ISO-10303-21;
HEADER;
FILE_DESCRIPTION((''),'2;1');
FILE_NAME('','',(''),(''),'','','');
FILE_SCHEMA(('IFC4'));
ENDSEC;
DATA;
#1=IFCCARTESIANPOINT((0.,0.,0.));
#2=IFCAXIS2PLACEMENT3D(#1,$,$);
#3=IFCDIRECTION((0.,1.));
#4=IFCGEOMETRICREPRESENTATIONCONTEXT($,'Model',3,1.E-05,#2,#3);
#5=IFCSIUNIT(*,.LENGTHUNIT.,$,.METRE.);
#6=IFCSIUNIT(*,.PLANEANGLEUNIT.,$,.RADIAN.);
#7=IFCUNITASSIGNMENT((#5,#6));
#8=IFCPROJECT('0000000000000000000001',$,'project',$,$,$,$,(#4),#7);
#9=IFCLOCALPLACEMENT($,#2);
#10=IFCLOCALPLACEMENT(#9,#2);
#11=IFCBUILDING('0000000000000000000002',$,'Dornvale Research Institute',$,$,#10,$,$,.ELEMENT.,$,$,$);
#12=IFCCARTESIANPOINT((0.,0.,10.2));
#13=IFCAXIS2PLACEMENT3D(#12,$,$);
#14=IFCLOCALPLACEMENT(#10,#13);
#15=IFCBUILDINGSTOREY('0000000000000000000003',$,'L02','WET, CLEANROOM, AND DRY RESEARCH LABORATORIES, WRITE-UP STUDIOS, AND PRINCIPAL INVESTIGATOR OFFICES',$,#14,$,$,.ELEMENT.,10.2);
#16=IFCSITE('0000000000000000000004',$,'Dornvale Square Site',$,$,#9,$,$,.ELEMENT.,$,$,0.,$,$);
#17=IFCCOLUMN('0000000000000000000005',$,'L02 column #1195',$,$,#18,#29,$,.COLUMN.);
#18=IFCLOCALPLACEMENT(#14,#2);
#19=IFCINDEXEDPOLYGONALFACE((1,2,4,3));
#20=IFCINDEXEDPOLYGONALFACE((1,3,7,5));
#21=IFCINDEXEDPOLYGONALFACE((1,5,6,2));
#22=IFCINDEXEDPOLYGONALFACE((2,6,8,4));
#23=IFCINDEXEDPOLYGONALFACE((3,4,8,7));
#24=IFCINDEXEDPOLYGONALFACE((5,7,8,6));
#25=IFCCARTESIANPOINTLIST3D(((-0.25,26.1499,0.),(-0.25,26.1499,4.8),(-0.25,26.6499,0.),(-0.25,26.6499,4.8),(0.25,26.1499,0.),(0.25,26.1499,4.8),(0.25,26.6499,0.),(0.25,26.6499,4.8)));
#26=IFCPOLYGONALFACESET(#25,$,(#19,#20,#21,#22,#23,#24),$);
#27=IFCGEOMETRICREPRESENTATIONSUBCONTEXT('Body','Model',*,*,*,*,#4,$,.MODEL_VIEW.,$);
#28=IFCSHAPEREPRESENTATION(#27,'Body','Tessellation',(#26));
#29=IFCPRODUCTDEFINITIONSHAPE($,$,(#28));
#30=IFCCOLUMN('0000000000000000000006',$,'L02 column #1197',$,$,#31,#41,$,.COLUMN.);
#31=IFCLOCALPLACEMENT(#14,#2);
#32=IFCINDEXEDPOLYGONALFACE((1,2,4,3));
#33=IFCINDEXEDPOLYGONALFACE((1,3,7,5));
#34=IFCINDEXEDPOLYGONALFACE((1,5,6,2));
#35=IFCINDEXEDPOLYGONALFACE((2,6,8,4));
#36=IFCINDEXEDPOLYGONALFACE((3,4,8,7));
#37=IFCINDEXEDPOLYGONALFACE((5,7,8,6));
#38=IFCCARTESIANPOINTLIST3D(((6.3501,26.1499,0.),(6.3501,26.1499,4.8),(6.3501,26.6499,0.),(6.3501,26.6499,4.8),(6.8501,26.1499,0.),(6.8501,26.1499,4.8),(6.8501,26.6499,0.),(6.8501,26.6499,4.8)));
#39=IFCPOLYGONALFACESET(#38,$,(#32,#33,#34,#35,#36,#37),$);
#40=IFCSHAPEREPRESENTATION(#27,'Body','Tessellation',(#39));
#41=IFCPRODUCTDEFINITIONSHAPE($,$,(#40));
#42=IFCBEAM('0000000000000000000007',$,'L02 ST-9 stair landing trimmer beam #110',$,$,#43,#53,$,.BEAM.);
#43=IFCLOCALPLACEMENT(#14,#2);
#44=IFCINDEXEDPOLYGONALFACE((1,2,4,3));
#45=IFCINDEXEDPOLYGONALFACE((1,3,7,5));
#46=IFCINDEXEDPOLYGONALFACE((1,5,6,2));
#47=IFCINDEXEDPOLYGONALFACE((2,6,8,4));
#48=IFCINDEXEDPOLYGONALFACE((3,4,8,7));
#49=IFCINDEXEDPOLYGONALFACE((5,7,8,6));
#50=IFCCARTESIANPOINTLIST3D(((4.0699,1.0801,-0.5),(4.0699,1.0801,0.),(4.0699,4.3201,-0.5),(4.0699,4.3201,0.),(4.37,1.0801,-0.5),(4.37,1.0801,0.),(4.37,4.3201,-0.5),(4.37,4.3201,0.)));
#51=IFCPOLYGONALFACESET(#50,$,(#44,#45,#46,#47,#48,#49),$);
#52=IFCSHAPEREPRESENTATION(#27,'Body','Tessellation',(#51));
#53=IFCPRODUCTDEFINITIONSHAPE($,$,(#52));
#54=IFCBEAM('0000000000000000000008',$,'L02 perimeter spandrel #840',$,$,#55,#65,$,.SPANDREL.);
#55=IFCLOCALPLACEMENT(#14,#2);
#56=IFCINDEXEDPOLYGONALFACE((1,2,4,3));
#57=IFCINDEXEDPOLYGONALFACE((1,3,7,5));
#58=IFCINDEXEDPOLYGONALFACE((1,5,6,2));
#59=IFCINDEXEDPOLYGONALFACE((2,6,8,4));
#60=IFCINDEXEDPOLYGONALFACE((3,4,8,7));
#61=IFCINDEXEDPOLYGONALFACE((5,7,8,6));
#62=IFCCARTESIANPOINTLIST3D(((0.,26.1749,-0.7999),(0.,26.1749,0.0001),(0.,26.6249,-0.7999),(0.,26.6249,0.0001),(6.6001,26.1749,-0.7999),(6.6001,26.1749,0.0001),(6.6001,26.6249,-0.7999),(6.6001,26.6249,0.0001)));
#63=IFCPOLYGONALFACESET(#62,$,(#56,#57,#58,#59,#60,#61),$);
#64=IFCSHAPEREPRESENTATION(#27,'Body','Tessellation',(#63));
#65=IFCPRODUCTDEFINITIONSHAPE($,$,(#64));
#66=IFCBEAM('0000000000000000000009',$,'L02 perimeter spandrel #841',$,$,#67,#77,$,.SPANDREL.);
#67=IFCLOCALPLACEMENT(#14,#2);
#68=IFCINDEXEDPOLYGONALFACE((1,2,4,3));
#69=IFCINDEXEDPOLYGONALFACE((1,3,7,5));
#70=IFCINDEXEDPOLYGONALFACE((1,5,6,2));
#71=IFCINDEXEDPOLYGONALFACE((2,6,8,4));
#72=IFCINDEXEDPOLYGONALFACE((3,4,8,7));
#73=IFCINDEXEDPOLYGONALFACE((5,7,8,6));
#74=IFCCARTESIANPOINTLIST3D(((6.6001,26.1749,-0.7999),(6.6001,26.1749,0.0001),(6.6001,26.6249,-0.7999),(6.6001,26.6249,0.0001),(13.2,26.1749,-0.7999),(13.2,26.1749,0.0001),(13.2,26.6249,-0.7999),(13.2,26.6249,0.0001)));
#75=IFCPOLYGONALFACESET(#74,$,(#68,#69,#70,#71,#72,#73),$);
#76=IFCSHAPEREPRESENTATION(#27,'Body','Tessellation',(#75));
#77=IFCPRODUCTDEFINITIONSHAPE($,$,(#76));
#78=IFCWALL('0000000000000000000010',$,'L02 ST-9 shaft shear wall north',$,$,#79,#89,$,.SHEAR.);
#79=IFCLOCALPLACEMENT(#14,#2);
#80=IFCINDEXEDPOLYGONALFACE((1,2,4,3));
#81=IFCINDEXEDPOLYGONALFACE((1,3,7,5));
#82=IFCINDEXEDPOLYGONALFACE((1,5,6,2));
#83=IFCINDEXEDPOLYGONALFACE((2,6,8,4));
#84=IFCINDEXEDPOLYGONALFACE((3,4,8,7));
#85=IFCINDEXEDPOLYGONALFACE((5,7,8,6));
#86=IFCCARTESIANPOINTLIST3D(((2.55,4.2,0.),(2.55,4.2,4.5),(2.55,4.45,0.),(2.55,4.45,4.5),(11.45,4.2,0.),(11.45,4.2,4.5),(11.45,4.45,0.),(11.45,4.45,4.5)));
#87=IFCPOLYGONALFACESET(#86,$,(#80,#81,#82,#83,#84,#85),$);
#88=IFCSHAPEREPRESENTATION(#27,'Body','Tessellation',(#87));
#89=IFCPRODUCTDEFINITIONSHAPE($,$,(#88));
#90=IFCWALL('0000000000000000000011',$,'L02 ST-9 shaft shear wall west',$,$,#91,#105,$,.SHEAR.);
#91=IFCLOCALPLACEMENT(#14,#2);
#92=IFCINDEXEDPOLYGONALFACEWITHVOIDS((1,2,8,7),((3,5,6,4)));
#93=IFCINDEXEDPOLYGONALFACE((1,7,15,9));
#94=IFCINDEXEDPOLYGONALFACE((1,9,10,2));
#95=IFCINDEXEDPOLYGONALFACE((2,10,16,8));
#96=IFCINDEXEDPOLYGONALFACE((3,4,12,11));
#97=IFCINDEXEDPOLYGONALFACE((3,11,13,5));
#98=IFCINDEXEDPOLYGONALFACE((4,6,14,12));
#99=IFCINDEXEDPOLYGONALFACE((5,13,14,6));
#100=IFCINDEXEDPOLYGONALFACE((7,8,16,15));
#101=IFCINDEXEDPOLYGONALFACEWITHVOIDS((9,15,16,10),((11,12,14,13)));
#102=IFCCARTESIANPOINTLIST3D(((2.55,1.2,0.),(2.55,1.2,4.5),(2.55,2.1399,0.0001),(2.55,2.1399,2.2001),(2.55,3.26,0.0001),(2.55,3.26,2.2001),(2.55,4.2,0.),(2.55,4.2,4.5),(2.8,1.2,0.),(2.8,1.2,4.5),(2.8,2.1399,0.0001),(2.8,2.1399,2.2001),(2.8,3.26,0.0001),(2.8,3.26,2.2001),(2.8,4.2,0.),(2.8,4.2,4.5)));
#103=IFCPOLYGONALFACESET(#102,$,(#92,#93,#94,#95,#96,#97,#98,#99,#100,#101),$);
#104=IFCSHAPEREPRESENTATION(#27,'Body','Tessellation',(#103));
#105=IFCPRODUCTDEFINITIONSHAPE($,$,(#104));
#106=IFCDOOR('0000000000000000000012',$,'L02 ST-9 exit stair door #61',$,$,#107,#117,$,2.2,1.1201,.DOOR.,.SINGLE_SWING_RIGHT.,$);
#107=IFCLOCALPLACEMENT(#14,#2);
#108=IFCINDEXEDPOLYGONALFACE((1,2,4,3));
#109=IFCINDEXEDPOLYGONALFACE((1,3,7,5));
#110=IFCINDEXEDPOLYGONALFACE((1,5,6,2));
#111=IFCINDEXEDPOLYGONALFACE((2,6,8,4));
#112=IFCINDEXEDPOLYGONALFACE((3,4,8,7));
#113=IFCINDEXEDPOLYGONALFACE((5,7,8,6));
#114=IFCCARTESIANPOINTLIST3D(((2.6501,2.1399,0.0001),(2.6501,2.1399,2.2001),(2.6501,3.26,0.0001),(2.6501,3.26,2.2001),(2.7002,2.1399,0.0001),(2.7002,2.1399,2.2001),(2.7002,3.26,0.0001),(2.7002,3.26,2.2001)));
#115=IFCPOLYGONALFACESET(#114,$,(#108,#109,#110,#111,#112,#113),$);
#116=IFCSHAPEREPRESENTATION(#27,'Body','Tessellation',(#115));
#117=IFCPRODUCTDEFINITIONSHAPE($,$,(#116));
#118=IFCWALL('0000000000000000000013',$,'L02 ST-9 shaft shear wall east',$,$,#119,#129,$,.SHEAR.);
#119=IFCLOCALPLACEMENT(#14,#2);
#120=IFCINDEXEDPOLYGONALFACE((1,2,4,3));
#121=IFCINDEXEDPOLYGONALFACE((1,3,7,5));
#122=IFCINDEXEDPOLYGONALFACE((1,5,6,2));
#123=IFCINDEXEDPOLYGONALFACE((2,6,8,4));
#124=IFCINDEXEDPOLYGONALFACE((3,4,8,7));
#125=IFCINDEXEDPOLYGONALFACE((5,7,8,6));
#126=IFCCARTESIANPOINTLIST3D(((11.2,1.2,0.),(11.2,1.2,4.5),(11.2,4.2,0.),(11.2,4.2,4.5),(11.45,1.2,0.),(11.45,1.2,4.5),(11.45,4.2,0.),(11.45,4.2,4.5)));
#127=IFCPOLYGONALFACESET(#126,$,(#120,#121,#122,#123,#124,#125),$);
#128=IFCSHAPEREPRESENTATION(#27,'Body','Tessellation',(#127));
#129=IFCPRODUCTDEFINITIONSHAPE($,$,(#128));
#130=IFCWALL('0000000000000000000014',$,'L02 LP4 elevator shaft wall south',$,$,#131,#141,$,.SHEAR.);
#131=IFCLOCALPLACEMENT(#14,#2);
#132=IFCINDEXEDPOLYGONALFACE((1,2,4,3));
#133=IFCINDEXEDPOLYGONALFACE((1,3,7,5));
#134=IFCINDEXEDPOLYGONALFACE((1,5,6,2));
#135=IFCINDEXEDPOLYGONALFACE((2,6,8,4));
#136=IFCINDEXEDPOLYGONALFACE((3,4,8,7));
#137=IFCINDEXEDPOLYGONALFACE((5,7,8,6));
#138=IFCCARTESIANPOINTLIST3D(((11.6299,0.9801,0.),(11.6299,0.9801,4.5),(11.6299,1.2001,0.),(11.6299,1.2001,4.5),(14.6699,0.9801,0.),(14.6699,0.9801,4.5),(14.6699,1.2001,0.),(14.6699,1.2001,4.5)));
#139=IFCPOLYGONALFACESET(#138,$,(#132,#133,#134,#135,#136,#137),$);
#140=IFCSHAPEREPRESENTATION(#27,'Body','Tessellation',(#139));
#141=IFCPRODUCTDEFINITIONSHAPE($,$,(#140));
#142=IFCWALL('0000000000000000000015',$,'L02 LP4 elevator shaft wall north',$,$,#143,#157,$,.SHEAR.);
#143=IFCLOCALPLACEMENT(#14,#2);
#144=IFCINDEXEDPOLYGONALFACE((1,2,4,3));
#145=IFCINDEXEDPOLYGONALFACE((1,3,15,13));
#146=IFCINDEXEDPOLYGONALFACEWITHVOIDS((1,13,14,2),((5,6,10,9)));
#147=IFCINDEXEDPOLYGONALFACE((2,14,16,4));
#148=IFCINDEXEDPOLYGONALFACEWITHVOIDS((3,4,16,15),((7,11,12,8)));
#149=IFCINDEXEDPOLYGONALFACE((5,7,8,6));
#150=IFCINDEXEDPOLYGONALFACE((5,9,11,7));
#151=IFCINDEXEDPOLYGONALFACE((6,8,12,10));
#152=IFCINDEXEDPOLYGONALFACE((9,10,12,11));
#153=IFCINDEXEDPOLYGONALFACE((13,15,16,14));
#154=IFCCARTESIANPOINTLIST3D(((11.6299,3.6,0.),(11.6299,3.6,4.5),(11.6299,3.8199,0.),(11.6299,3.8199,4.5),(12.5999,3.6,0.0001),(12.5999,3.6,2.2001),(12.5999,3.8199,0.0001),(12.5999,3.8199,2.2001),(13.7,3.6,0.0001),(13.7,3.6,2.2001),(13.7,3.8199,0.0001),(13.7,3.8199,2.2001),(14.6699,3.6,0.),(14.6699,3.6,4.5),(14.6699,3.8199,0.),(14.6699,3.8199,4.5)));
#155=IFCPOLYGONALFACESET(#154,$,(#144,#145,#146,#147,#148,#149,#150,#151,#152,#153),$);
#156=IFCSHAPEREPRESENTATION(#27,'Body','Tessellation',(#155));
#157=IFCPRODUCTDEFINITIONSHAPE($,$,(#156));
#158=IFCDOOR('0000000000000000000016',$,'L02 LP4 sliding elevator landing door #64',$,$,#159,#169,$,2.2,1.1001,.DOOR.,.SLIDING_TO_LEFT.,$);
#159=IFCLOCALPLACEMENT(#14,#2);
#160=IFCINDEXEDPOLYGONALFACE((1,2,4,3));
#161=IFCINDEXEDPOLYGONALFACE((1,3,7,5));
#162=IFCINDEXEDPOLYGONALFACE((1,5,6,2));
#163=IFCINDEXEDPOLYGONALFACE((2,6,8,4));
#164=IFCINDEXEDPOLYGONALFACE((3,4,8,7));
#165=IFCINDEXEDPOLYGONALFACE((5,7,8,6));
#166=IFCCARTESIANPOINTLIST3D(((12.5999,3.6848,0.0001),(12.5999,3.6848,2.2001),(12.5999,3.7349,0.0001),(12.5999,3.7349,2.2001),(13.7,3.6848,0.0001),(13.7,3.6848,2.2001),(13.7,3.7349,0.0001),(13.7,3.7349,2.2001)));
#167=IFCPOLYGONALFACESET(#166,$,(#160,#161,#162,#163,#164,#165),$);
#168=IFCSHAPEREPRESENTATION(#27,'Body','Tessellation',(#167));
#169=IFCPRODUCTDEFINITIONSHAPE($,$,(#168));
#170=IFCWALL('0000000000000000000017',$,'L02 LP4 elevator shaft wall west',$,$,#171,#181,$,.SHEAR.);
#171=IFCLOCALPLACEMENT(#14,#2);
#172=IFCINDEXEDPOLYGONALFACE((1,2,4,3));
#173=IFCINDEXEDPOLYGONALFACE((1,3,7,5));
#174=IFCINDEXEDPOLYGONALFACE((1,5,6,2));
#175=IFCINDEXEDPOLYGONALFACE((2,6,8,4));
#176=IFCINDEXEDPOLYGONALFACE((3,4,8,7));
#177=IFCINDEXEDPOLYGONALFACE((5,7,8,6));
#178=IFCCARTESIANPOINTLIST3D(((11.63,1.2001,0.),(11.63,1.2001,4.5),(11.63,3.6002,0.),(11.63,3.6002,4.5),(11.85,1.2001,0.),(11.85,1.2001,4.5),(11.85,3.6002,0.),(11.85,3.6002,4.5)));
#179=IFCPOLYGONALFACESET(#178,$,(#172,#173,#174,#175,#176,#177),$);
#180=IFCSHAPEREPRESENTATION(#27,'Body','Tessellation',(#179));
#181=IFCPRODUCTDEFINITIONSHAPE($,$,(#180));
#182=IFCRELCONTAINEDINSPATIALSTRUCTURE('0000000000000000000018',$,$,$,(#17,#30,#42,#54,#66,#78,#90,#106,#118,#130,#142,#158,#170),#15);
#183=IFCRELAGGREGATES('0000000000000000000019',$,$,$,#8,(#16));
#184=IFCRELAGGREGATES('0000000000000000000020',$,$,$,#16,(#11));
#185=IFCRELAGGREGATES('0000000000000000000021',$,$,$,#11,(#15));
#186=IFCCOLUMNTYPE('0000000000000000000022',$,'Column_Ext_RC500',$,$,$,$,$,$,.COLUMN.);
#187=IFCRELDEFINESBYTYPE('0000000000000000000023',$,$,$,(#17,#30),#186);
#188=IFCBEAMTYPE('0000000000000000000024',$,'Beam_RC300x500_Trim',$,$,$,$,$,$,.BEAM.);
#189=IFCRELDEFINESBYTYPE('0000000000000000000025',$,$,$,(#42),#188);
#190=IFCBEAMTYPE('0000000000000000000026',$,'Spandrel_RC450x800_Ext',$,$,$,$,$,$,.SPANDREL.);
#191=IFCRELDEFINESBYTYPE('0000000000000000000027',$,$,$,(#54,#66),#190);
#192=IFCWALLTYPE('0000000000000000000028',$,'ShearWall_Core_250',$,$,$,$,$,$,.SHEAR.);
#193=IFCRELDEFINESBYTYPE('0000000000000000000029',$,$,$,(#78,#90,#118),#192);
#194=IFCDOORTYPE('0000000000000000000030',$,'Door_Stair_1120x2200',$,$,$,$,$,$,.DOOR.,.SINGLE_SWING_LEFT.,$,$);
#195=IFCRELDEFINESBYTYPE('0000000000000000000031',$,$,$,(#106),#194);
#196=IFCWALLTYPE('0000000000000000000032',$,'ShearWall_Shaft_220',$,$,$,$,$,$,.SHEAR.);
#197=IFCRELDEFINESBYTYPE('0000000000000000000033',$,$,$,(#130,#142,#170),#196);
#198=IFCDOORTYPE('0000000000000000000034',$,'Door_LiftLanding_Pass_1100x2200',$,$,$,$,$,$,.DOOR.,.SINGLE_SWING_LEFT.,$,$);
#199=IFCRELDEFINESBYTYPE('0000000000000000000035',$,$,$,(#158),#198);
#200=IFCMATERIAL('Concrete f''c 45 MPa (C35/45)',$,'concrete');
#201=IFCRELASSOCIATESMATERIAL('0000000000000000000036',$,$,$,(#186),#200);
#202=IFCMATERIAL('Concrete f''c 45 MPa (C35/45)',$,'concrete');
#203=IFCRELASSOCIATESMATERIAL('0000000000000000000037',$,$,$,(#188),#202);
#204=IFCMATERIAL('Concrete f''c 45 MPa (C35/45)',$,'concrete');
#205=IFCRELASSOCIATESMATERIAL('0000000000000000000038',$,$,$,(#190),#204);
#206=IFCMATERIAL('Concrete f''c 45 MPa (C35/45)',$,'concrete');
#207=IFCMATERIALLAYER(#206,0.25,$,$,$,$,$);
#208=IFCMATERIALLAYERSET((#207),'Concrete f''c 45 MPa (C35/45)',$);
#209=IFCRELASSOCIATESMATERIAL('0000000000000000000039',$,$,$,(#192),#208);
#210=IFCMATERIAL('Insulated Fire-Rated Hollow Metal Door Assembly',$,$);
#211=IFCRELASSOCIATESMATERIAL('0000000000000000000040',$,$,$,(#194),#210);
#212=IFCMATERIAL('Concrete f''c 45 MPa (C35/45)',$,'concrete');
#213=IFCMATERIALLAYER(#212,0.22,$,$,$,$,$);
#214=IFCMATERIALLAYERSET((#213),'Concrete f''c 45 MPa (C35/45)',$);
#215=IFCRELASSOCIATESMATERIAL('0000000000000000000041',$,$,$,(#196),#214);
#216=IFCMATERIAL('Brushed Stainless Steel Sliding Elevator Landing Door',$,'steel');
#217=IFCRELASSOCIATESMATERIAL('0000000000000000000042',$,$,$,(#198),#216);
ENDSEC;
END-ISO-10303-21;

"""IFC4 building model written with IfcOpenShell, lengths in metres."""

from ifc_helpers import new_model, si_unit, direction, frame, frame_2d, origin, origin_2d, place, context, subcontext, project, spatial, rectangle, extrude, material, layer, layer_set, material_profile, profile_set, type_object, element, fill, save


model = new_model("IFC4")

# Units and contexts
model_context = context("Model", 3, precision=1e-05, world=origin(), true_north=direction((0.0, 1.0)))
body_context = subcontext(model_context, "Body", "Model", "MODEL_VIEW")
ifc_project = project(units=[si_unit("LENGTHUNIT", "METRE"), si_unit("PLANEANGLEUNIT", "RADIAN")], contexts=[model_context])

# Site, building, storey
site_placement = place(None, origin())
site = spatial("IfcSite", under=ifc_project, at=site_placement, Name="Dornvale Square Site", CompositionType="ELEMENT", RefElevation=0.0)
building_placement = place(site_placement, origin())
building = spatial("IfcBuilding", under=site, at=building_placement, Name="Dornvale Research Institute", CompositionType="ELEMENT")
storey_placement = place(building_placement, frame((0.0, 0.0, 10.2)))
storey = spatial("IfcBuildingStorey", under=building, at=storey_placement, Name="L02", Description="WET, CLEANROOM, AND DRY RESEARCH LABORATORIES, WRITE-UP STUDIOS, AND PRINCIPAL INVESTIGATOR OFFICES", CompositionType="ELEMENT", Elevation=10.2)

# Columns
ifc_material_1 = material(Name="Concrete f'c 45 MPa (C35/45)", Category="concrete")
ifc_material_profile_1 = material_profile(ifc_material_1, rectangle(XDim=0.5, YDim=0.5, at=origin_2d()), Name="RC 500x500")
ifc_profile_set_1 = profile_set([ifc_material_profile_1], Name="Concrete f'c 45 MPa (C35/45)")
column_type = type_object("IfcColumnType", Name="Column_Ext_RC500", PredefinedType="COLUMN", material=ifc_profile_set_1)
for number, where, z_axis, x_axis, name in (
    (1, (0.0, 26.3999, 0.0), (0.0, 0.0, 1.0), (1.0, 0.0, 0.0), "L02 column #1195"),
    (2, (6.6001, 26.3999, 0.0), (0.0, 0.0, 1.0), (1.0, 0.0, 0.0), "L02 column #1197"),
):
    element("IfcColumn", number, at=place(storey_placement, frame(where, z_axis=z_axis, x_axis=x_axis)), inside=storey, type_object=column_type, Name=name, PredefinedType="COLUMN", context=body_context, shape_type="SweptSolid", body=[
        extrude(rectangle(XDim=0.5, YDim=0.5, at=origin_2d()), origin(), (0.0, 0.0, 1.0), 4.8),
    ])

# Beams
ifc_material_2 = material(Name="Concrete f'c 45 MPa (C35/45)", Category="concrete")
ifc_material_profile_2 = material_profile(ifc_material_2, rectangle(XDim=0.3, YDim=0.5, at=origin_2d()), Name="RC 300x500")
ifc_profile_set_2 = profile_set([ifc_material_profile_2], Name="Concrete f'c 45 MPa (C35/45)")
beam_type_1 = type_object("IfcBeamType", Name="Beam_RC300x500_Trim", PredefinedType="BEAM", material=ifc_profile_set_2)
beam_1_placement = place(storey_placement, frame((4.22, 1.0801, -0.25), z_axis=(0.0, 1.0, 0.0), x_axis=(-1.0, 0.0, 0.0)))
element("IfcBeam", 3, at=beam_1_placement, inside=storey, type_object=beam_type_1, Name="L02 ST-9 stair landing trimmer beam #110", PredefinedType="BEAM", context=body_context, shape_type="SweptSolid", body=[
    extrude(rectangle(XDim=0.3, YDim=0.5, at=origin_2d()), origin(), (0.0, 0.0, 1.0), 3.24),
])
ifc_material_3 = material(Name="Concrete f'c 45 MPa (C35/45)", Category="concrete")
ifc_material_profile_3 = material_profile(ifc_material_3, rectangle(XDim=0.45, YDim=0.8, at=origin_2d()), Name="RC 450x800")
ifc_profile_set_3 = profile_set([ifc_material_profile_3], Name="Concrete f'c 45 MPa (C35/45)")
beam_type_2 = type_object("IfcBeamType", Name="Spandrel_RC450x800_Ext", PredefinedType="SPANDREL", material=ifc_profile_set_3)
beam_2_placement = place(storey_placement, frame((0.0, 26.3999, -0.3999), z_axis=(1.0, 0.0, 0.0), x_axis=(0.0, 1.0, 0.0)))
element("IfcBeam", 4, at=beam_2_placement, inside=storey, type_object=beam_type_2, Name="L02 perimeter spandrel #840", PredefinedType="SPANDREL", context=body_context, shape_type="SweptSolid", body=[
    extrude(rectangle(XDim=0.45, YDim=0.8, at=origin_2d()), origin(), (0.0, 0.0, 1.0), 6.6001),
])
beam_3_placement = place(storey_placement, frame((6.6001, 26.3999, -0.3999), z_axis=(1.0, 0.0, 0.0), x_axis=(0.0, 1.0, 0.0)))
element("IfcBeam", 5, at=beam_3_placement, inside=storey, type_object=beam_type_2, Name="L02 perimeter spandrel #841", PredefinedType="SPANDREL", context=body_context, shape_type="SweptSolid", body=[
    extrude(rectangle(XDim=0.45, YDim=0.8, at=origin_2d()), origin(), (0.0, 0.0, 1.0), 6.5999),
])

# Wall
ifc_material_4 = material(Name="Concrete f'c 45 MPa (C35/45)", Category="concrete")
ifc_layer_1 = layer(ifc_material_4, 0.25)
ifc_layer_set_1 = layer_set([ifc_layer_1], Name="Concrete f'c 45 MPa (C35/45)")
wall_type_1 = type_object("IfcWallType", Name="ShearWall_Core_250", PredefinedType="SHEAR", material=ifc_layer_set_1)
wall_1_placement = place(storey_placement, frame((2.55, 4.325, 0.0), z_axis=(0.0, 0.0, 1.0), x_axis=(1.0, 0.0, 0.0)))
element("IfcWall", 6, at=wall_1_placement, inside=storey, type_object=wall_type_1, Name="L02 ST-9 shaft shear wall north", PredefinedType="SHEAR", context=body_context, shape_type="SweptSolid", body=[
    extrude(rectangle(XDim=8.8999, YDim=0.25, at=frame_2d((4.45, 0.0))), origin(), (0.0, 0.0, 1.0), 4.5),
])

# Wall, opening, door
wall_2_placement = place(storey_placement, frame((2.675, 1.2, 0.0), z_axis=(0.0, 0.0, 1.0), x_axis=(0.0, 1.0, 0.0)))
wall_2 = element("IfcWall", 7, at=wall_2_placement, inside=storey, type_object=wall_type_1, Name="L02 ST-9 shaft shear wall west", PredefinedType="SHEAR", context=body_context, shape_type="SweptSolid", body=[
    extrude(rectangle(XDim=3.0, YDim=0.25, at=frame_2d((1.5, 0.0))), origin(), (0.0, 0.0, 1.0), 4.5),
])
opening_1_placement = place(wall_2_placement, frame((0.9399, 0.0, 0.0)))
opening_1 = element("IfcOpeningElement", 8, at=opening_1_placement, cuts=wall_2, PredefinedType="OPENING", context=body_context, shape_type="SweptSolid", body=[
    extrude(rectangle(XDim=1.1201, YDim=2.2, at=frame_2d((0.5601, 1.1001))), frame((0.0, 0.1399, 0.0), z_axis=(0.0, -1.0, 0.0), x_axis=(1.0, 0.0, 0.0)), (0.0, 0.0, 1.0), 0.28),
])
ifc_material_5 = material(Name="Insulated Fire-Rated Hollow Metal Door Assembly")
door_type_1 = type_object("IfcDoorType", Name="Door_Stair_1120x2200", OperationType="SINGLE_SWING_LEFT", PredefinedType="DOOR", material=ifc_material_5)
door_1_placement = place(opening_1_placement, origin())
door_1 = element("IfcDoor", 9, at=door_1_placement, inside=storey, type_object=door_type_1, Name="L02 ST-9 exit stair door #61", OperationType="SINGLE_SWING_RIGHT", OverallHeight=2.2, OverallWidth=1.1201, PredefinedType="DOOR", context=body_context, shape_type="SweptSolid", body=[
    extrude(rectangle(XDim=1.1201, YDim=2.2, at=frame_2d((0.5601, 1.1001))), frame((0.0, 0.0249, 0.0), z_axis=(0.0, -1.0, 0.0), x_axis=(1.0, 0.0, 0.0)), (0.0, 0.0, 1.0), 0.05),
])
fill(opening_1, door_1)

# Walls
wall_3_placement = place(storey_placement, frame((11.325, 1.2, 0.0), z_axis=(0.0, 0.0, 1.0), x_axis=(0.0, 1.0, 0.0)))
element("IfcWall", 10, at=wall_3_placement, inside=storey, type_object=wall_type_1, Name="L02 ST-9 shaft shear wall east", PredefinedType="SHEAR", context=body_context, shape_type="SweptSolid", body=[
    extrude(rectangle(XDim=3.0, YDim=0.25, at=frame_2d((1.5, 0.0))), origin(), (0.0, 0.0, 1.0), 4.5),
])
ifc_material_6 = material(Name="Concrete f'c 45 MPa (C35/45)", Category="concrete")
ifc_layer_2 = layer(ifc_material_6, 0.22)
ifc_layer_set_2 = layer_set([ifc_layer_2], Name="Concrete f'c 45 MPa (C35/45)")
wall_type_2 = type_object("IfcWallType", Name="ShearWall_Shaft_220", PredefinedType="SHEAR", material=ifc_layer_set_2)
wall_4_placement = place(storey_placement, frame((11.6299, 1.0901, 0.0), z_axis=(0.0, 0.0, 1.0), x_axis=(1.0, 0.0, 0.0)))
element("IfcWall", 11, at=wall_4_placement, inside=storey, type_object=wall_type_2, Name="L02 LP4 elevator shaft wall south", PredefinedType="SHEAR", context=body_context, shape_type="SweptSolid", body=[
    extrude(rectangle(XDim=3.04, YDim=0.22, at=frame_2d((1.52, 0.0))), origin(), (0.0, 0.0, 1.0), 4.5),
])

# Wall, opening, door
wall_5_placement = place(storey_placement, frame((11.6299, 3.71, 0.0), z_axis=(0.0, 0.0, 1.0), x_axis=(1.0, 0.0, 0.0)))
wall_5 = element("IfcWall", 12, at=wall_5_placement, inside=storey, type_object=wall_type_2, Name="L02 LP4 elevator shaft wall north", PredefinedType="SHEAR", context=body_context, shape_type="SweptSolid", body=[
    extrude(rectangle(XDim=3.04, YDim=0.22, at=frame_2d((1.52, 0.0))), origin(), (0.0, 0.0, 1.0), 4.5),
])
opening_2_placement = place(wall_5_placement, frame((0.97, 0.0, 0.0)))
opening_2 = element("IfcOpeningElement", 13, at=opening_2_placement, cuts=wall_5, PredefinedType="OPENING", context=body_context, shape_type="SweptSolid", body=[
    extrude(rectangle(XDim=1.1001, YDim=2.2, at=frame_2d((0.55, 1.1001))), frame((0.0, 0.125, 0.0), z_axis=(0.0, -1.0, 0.0), x_axis=(1.0, 0.0, 0.0)), (0.0, 0.0, 1.0), 0.25),
])
ifc_material_7 = material(Name="Brushed Stainless Steel Sliding Elevator Landing Door", Category="steel")
door_type_2 = type_object("IfcDoorType", Name="Door_LiftLanding_Pass_1100x2200", OperationType="SINGLE_SWING_LEFT", PredefinedType="DOOR", material=ifc_material_7)
door_2_placement = place(opening_2_placement, origin())
door_2 = element("IfcDoor", 14, at=door_2_placement, inside=storey, type_object=door_type_2, Name="L02 LP4 sliding elevator landing door #64", OperationType="SLIDING_TO_LEFT", OverallHeight=2.2, OverallWidth=1.1001, PredefinedType="DOOR", context=body_context, shape_type="SweptSolid", body=[
    extrude(rectangle(XDim=1.1001, YDim=2.2, at=frame_2d((0.55, 1.1001))), frame((0.0, 0.0249, 0.0), z_axis=(0.0, -1.0, 0.0), x_axis=(1.0, 0.0, 0.0)), (0.0, 0.0, 1.0), 0.05),
])
fill(opening_2, door_2)

# Wall
wall_6_placement = place(storey_placement, frame((11.74, 1.2, 0.0), z_axis=(0.0, 0.0, 1.0), x_axis=(0.0, 1.0, 0.0)))
element("IfcWall", 15, at=wall_6_placement, inside=storey, type_object=wall_type_2, Name="L02 LP4 elevator shaft wall west", PredefinedType="SHEAR", context=body_context, shape_type="SweptSolid", body=[
    extrude(rectangle(XDim=2.4001, YDim=0.22, at=frame_2d((1.2002, 0.0))), origin(), (0.0, 0.0, 1.0), 4.5),
])

save(model, "model.ifc")
